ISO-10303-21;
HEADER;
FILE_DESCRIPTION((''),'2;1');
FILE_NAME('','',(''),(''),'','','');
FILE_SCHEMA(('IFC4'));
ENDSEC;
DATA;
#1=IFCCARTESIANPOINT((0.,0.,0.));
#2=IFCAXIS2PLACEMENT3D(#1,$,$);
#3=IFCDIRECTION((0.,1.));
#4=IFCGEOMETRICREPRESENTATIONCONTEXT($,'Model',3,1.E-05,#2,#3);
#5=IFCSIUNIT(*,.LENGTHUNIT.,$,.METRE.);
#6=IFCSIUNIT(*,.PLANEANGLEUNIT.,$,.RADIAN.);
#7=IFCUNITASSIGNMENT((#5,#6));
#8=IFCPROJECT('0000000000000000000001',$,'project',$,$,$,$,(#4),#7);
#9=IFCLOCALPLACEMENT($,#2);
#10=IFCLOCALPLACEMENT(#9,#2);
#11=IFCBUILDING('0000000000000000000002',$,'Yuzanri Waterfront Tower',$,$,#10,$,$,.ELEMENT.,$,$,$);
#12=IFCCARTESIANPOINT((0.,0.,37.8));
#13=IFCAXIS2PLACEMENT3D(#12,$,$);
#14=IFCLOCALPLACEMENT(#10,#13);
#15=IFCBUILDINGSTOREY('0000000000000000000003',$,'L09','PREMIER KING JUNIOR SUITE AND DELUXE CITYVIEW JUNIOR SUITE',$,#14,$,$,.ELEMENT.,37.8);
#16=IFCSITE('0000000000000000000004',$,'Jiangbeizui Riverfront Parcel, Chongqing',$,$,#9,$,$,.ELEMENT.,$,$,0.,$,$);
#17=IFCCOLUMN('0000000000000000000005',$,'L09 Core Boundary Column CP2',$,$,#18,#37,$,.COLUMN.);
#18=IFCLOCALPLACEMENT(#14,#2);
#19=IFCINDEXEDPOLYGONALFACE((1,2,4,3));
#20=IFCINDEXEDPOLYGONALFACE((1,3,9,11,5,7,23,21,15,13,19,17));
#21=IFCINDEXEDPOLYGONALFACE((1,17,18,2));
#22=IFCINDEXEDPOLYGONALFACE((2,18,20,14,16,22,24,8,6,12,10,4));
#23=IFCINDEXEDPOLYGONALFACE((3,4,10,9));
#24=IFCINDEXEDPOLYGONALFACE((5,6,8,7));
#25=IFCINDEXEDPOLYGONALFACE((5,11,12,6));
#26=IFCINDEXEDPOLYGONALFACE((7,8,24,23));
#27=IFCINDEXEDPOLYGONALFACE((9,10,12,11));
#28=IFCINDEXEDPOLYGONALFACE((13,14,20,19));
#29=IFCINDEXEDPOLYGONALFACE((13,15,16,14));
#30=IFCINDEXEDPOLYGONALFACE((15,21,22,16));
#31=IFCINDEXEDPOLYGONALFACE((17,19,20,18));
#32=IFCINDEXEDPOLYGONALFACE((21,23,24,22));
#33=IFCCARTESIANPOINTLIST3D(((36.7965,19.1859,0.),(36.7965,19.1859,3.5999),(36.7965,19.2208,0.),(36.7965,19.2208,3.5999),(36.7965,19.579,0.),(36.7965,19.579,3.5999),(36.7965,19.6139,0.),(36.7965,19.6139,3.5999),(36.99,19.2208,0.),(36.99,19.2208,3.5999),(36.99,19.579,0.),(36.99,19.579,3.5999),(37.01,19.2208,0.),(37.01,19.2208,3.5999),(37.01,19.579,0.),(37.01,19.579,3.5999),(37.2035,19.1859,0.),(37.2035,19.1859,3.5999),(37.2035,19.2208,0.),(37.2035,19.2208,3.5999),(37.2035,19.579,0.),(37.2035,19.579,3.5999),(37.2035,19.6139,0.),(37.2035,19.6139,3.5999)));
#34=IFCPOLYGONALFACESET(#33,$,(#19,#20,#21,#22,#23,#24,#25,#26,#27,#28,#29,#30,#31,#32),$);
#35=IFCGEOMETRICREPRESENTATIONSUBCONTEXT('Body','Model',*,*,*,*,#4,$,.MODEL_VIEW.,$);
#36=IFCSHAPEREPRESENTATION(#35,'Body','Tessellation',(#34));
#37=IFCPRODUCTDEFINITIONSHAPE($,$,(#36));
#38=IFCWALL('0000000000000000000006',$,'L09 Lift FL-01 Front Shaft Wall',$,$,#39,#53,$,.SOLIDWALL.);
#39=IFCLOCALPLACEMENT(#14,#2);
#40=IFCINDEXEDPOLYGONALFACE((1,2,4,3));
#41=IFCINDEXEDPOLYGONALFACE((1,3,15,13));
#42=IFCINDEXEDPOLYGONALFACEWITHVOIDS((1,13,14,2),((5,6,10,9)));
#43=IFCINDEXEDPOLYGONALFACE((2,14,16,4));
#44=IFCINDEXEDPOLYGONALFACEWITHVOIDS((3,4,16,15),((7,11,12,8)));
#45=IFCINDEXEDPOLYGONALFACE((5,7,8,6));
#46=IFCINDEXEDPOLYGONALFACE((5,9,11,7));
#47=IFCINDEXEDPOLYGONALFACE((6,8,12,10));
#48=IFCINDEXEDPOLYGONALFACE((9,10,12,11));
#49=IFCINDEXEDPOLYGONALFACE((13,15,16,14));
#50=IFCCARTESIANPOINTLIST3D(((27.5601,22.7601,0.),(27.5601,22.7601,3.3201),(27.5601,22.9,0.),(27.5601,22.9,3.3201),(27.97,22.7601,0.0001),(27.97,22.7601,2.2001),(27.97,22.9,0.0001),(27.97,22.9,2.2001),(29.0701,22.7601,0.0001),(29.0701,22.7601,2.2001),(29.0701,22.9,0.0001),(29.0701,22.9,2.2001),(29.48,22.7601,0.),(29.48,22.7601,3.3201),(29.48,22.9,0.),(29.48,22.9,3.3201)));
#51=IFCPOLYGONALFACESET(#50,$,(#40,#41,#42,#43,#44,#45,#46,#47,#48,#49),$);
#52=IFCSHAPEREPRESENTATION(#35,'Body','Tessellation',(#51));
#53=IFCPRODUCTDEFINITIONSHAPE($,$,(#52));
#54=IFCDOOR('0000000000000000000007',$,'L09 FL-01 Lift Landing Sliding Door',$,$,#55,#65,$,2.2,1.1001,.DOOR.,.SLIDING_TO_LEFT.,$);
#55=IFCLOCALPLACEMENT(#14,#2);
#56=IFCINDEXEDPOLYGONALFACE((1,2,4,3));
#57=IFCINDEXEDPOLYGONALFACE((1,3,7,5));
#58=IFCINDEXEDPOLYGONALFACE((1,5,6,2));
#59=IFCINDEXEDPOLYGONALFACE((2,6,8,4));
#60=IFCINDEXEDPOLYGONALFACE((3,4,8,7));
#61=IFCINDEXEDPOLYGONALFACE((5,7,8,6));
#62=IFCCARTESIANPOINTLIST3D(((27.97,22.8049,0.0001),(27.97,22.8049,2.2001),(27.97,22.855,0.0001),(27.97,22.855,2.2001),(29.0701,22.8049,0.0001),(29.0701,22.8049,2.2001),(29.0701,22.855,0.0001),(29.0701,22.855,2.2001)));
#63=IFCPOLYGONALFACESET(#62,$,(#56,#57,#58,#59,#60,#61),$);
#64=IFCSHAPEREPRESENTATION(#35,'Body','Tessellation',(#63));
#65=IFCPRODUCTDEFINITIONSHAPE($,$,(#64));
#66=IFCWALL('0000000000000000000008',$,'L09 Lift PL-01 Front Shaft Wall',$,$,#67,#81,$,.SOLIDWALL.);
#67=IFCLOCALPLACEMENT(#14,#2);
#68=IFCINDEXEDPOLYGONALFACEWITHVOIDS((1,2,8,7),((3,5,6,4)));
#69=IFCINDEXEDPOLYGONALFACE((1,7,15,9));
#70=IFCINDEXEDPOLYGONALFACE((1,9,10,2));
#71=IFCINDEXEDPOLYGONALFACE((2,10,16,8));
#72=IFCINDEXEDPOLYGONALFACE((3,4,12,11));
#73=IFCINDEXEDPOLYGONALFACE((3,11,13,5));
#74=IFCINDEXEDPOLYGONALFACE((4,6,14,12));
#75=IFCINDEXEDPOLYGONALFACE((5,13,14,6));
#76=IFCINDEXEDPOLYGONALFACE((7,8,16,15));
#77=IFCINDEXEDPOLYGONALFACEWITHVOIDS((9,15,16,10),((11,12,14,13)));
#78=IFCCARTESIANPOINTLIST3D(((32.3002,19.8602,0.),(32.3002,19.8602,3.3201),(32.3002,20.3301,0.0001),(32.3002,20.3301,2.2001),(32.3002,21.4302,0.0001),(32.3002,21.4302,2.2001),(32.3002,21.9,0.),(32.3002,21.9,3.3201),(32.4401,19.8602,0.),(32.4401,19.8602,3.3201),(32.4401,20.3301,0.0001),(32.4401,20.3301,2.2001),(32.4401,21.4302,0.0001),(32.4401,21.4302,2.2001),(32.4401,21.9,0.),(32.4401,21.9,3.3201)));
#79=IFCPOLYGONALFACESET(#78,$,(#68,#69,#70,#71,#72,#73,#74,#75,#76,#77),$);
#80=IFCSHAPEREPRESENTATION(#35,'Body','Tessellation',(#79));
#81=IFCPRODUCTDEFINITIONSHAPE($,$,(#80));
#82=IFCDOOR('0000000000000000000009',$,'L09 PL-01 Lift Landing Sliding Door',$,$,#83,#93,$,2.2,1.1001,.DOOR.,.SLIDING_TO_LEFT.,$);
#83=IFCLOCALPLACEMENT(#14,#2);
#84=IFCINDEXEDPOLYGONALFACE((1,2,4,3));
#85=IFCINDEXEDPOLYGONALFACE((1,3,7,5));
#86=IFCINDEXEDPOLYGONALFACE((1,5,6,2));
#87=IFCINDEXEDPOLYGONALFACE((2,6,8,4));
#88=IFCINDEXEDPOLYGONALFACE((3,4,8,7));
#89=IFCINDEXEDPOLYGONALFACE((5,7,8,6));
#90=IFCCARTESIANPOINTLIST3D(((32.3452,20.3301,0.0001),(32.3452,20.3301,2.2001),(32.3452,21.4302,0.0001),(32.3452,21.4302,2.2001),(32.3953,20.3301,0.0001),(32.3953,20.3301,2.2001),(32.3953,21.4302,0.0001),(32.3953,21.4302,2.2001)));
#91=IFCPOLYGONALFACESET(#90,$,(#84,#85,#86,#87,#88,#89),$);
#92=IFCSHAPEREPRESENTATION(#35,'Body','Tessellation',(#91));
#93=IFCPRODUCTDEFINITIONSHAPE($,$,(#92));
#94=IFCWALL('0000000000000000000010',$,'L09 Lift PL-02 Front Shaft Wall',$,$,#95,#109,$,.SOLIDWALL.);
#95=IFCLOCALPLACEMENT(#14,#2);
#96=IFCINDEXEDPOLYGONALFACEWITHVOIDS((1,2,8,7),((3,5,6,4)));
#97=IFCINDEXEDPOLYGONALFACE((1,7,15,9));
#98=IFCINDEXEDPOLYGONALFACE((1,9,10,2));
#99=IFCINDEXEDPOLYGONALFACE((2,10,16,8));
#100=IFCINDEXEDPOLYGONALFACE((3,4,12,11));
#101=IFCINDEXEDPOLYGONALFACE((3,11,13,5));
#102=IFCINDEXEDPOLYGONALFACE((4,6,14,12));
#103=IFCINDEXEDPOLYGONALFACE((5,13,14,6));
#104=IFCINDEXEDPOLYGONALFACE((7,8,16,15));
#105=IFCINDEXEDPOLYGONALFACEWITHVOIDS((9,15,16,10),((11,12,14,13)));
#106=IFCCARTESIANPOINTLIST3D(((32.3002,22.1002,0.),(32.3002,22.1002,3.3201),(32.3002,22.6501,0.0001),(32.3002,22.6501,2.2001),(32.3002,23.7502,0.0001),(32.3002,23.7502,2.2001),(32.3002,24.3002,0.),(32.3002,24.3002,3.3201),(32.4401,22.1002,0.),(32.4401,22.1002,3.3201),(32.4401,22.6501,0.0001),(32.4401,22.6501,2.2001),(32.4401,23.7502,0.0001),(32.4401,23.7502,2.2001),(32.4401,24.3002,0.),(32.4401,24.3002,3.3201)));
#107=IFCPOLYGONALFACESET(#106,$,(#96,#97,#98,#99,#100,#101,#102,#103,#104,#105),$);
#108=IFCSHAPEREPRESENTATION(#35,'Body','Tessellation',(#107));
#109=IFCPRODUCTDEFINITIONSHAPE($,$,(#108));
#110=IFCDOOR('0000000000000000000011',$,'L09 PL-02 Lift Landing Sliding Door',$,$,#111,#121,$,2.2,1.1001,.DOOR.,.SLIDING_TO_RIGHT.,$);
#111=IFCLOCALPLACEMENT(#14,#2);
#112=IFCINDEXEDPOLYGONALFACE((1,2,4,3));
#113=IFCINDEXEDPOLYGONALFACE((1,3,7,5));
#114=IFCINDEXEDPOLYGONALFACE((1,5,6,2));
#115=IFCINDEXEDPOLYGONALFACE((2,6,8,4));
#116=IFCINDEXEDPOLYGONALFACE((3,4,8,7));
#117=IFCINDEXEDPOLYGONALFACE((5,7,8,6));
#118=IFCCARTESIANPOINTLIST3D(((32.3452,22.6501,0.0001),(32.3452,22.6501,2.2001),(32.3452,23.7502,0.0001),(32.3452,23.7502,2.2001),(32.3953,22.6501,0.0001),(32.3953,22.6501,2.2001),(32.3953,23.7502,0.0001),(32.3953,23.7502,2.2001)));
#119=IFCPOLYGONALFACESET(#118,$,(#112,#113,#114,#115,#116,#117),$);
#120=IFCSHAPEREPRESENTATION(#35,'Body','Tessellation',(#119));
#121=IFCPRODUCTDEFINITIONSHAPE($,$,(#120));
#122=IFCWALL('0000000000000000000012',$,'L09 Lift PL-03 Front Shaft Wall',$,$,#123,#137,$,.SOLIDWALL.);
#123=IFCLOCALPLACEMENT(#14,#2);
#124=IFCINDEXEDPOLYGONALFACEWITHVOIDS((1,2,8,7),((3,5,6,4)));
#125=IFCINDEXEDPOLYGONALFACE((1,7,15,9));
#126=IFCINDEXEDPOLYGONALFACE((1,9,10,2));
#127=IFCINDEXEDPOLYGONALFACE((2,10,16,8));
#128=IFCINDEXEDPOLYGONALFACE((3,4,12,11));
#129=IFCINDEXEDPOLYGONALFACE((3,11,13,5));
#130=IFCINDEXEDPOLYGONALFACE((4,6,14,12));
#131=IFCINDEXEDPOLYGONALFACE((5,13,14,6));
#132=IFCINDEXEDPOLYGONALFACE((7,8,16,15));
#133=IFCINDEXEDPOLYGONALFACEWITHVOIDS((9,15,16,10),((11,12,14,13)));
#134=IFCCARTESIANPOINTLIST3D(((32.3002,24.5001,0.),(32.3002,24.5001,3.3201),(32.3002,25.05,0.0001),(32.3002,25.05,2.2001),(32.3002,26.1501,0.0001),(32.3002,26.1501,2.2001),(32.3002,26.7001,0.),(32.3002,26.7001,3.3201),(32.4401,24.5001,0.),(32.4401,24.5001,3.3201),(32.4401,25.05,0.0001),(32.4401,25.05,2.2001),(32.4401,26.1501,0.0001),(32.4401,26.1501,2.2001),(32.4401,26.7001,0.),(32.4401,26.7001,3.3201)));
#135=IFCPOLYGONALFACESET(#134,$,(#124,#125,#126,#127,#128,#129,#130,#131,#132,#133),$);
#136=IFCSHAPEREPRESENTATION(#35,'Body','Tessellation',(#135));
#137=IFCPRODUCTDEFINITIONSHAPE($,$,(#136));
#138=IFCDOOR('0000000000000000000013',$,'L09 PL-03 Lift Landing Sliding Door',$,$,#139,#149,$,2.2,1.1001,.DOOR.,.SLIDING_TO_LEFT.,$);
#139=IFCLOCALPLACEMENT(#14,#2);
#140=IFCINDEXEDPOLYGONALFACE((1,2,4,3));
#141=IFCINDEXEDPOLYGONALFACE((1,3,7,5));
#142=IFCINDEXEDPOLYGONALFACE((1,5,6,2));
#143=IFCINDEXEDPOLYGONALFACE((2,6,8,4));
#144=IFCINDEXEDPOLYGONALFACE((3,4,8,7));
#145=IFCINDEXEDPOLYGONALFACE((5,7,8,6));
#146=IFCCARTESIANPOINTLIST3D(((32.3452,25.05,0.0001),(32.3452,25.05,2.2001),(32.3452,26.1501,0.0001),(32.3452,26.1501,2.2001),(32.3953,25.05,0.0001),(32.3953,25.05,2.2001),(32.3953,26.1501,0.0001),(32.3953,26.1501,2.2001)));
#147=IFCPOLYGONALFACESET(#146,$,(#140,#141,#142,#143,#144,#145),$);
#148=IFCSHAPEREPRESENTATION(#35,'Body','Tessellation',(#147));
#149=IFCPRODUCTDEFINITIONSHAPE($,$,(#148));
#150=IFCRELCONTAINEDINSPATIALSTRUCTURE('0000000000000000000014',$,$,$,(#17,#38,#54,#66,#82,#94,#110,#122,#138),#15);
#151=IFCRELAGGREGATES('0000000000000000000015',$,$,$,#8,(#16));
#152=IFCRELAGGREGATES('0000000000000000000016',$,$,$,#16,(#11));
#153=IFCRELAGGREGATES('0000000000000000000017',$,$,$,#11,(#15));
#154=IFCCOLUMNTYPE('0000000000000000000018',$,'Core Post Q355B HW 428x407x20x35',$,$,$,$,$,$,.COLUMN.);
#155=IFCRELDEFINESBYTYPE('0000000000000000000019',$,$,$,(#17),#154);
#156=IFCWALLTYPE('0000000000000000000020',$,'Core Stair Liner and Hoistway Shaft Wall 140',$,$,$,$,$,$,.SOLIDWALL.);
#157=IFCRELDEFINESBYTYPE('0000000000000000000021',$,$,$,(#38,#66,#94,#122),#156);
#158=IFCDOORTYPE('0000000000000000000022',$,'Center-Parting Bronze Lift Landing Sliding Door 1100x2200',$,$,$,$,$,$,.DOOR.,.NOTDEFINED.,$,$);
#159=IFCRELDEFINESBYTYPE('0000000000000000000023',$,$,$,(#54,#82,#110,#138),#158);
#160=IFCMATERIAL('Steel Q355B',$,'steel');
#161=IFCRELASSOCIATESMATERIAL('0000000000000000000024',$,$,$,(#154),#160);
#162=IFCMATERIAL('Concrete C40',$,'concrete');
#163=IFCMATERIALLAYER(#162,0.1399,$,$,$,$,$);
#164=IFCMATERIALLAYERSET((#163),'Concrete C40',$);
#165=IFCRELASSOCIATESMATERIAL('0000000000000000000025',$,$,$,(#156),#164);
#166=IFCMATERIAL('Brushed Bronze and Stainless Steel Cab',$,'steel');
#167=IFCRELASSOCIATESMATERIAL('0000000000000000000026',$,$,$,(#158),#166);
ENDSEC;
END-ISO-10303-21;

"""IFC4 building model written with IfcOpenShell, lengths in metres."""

from ifc_helpers import new_model, si_unit, direction, frame, frame_2d, origin, origin_2d, place, context, subcontext, project, spatial, rectangle, i_section, extrude, source, transform, mapped, material, layer, layer_set, material_profile, profile_set, type_object, element, fill, save


model = new_model("IFC4")

# Units and contexts
model_context = context("Model", 3, precision=1e-05, world=origin(), true_north=direction((0.0, 1.0)))
body_context = subcontext(model_context, "Body", "Model", "MODEL_VIEW")
ifc_project = project(units=[si_unit("LENGTHUNIT", "METRE"), si_unit("PLANEANGLEUNIT", "RADIAN")], contexts=[model_context])

# Site, building, storey
site_placement = place(None, origin())
site = spatial("IfcSite", under=ifc_project, at=site_placement, Name="Jiangbeizui Riverfront Parcel, Chongqing", CompositionType="ELEMENT", RefElevation=0.0)
building_placement = place(site_placement, origin())
building = spatial("IfcBuilding", under=site, at=building_placement, Name="Yuzanri Waterfront Tower", CompositionType="ELEMENT")
storey_placement = place(building_placement, frame((0.0, 0.0, 37.8)))
storey = spatial("IfcBuildingStorey", under=building, at=storey_placement, Name="L09", Description="PREMIER KING JUNIOR SUITE AND DELUXE CITYVIEW JUNIOR SUITE", CompositionType="ELEMENT", Elevation=37.8)

# Column
ifc_material_1 = material(Name="Steel Q355B", Category="steel")
ifc_material_profile = material_profile(ifc_material_1, i_section(OverallWidth=0.407, OverallDepth=0.428, WebThickness=0.02, FlangeThickness=0.0349, at=origin_2d()), Name="HW 428x407x20x35")
ifc_profile_set = profile_set([ifc_material_profile], Name="Steel Q355B")
column_type = type_object("IfcColumnType", Name="Core Post Q355B HW 428x407x20x35", PredefinedType="COLUMN", material=ifc_profile_set)
shared_shape_1 = source(origin(), body_context, "Body", "SweptSolid", [
    extrude(i_section(OverallWidth=0.407, OverallDepth=0.428, WebThickness=0.02, FlangeThickness=0.0349, at=origin_2d()), origin(), (0.0, 0.0, 1.0), 3.5999),
])
column_placement = place(storey_placement, frame((37.0, 19.3999, 0.0), z_axis=(0.0, 0.0, 1.0), x_axis=(1.0, 0.0, 0.0)))
element("IfcColumn", 1, at=column_placement, inside=storey, type_object=column_type, Name="L09 Core Boundary Column CP2", PredefinedType="COLUMN", context=body_context, shape_type="MappedRepresentation", body=[
    mapped(shared_shape_1, transform((0.0, 0.0, 0.0), scale=1.0)),
])

# Walls, openings, doors
ifc_material_2 = material(Name="Concrete C40", Category="concrete")
ifc_layer_1 = layer(ifc_material_2, 0.1399)
ifc_layer_set_1 = layer_set([ifc_layer_1], Name="Concrete C40")
wall_type_1 = type_object("IfcWallType", Name="Core Stair Liner and Hoistway Shaft Wall 140", PredefinedType="SOLIDWALL", material=ifc_layer_set_1)
wall_1_placement = place(storey_placement, frame((27.5601, 22.8301, 0.0), z_axis=(0.0, 0.0, 1.0), x_axis=(1.0, 0.0, 0.0)))
wall_1 = element("IfcWall", 2, at=wall_1_placement, inside=storey, type_object=wall_type_1, Name="L09 Lift FL-01 Front Shaft Wall", PredefinedType="SOLIDWALL", context=body_context, shape_type="SweptSolid", body=[
    extrude(rectangle(XDim=1.9199, YDim=0.1399, at=frame_2d((0.96, 0.0))), origin(), (0.0, 0.0, 1.0), 3.3201),
])
opening_1_placement = place(wall_1_placement, frame((0.4099, 0.0, 0.0)))
opening_1 = element("IfcOpeningElement", 3, at=opening_1_placement, cuts=wall_1, PredefinedType="OPENING", context=body_context, shape_type="SweptSolid", body=[
    extrude(rectangle(XDim=1.1001, YDim=2.2, at=frame_2d((0.55, 1.1001))), frame((0.0, 0.085, 0.0), z_axis=(0.0, -1.0, 0.0), x_axis=(1.0, 0.0, 0.0)), (0.0, 0.0, 1.0), 0.1697),
])
ifc_material_3 = material(Name="Brushed Bronze and Stainless Steel Cab", Category="steel")
door_type_1 = type_object("IfcDoorType", Name="Center-Parting Bronze Lift Landing Sliding Door 1100x2200", OperationType="NOTDEFINED", PredefinedType="DOOR", material=ifc_material_3)
shared_shape_2 = source(origin(), body_context, "Body", "SweptSolid", [
    extrude(rectangle(XDim=1.1001, YDim=2.2, at=frame_2d((0.55, 1.1001))), frame((0.0, 0.0249, 0.0), z_axis=(0.0, -1.0, 0.0), x_axis=(1.0, 0.0, 0.0)), (0.0, 0.0, 1.0), 0.05),
])
door_1_placement = place(opening_1_placement, origin())
door_1 = element("IfcDoor", 4, at=door_1_placement, inside=storey, type_object=door_type_1, Name="L09 FL-01 Lift Landing Sliding Door", OperationType="SLIDING_TO_LEFT", OverallHeight=2.2, OverallWidth=1.1001, PredefinedType="DOOR", context=body_context, shape_type="MappedRepresentation", body=[
    mapped(shared_shape_2, transform((0.0, 0.0, 0.0), scale=1.0)),
])
fill(opening_1, door_1)
wall_2_placement = place(storey_placement, frame((32.3701, 19.8601, 0.0), z_axis=(0.0, 0.0, 1.0), x_axis=(0.0, 1.0, 0.0)))
wall_2 = element("IfcWall", 5, at=wall_2_placement, inside=storey, type_object=wall_type_1, Name="L09 Lift PL-01 Front Shaft Wall", PredefinedType="SOLIDWALL", context=body_context, shape_type="SweptSolid", body=[
    extrude(rectangle(XDim=2.0398, YDim=0.1399, at=frame_2d((1.02, 0.0))), origin(), (0.0, 0.0, 1.0), 3.3201),
])
opening_2_placement = place(wall_2_placement, frame((0.47, 0.0, 0.0)))
opening_2 = element("IfcOpeningElement", 6, at=opening_2_placement, cuts=wall_2, PredefinedType="OPENING", context=body_context, shape_type="SweptSolid", body=[
    extrude(rectangle(XDim=1.1001, YDim=2.2, at=frame_2d((0.55, 1.1001))), frame((0.0, 0.085, 0.0), z_axis=(0.0, -1.0, 0.0), x_axis=(1.0, 0.0, 0.0)), (0.0, 0.0, 1.0), 0.1697),
])
door_2_placement = place(opening_2_placement, origin())
door_2 = element("IfcDoor", 7, at=door_2_placement, inside=storey, type_object=door_type_1, Name="L09 PL-01 Lift Landing Sliding Door", OperationType="SLIDING_TO_LEFT", OverallHeight=2.2, OverallWidth=1.1001, PredefinedType="DOOR", context=body_context, shape_type="MappedRepresentation", body=[
    mapped(shared_shape_2, transform((0.0, 0.0, 0.0), scale=1.0)),
])
fill(opening_2, door_2)
wall_3_placement = place(storey_placement, frame((32.3701, 22.1001, 0.0), z_axis=(0.0, 0.0, 1.0), x_axis=(0.0, 1.0, 0.0)))
wall_3 = element("IfcWall", 8, at=wall_3_placement, inside=storey, type_object=wall_type_1, Name="L09 Lift PL-02 Front Shaft Wall", PredefinedType="SOLIDWALL", context=body_context, shape_type="SweptSolid", body=[
    extrude(rectangle(XDim=2.2, YDim=0.1399, at=frame_2d((1.1001, 0.0))), origin(), (0.0, 0.0, 1.0), 3.3201),
])
opening_3_placement = place(wall_3_placement, frame((0.55, 0.0, 0.0)))
opening_3 = element("IfcOpeningElement", 9, at=opening_3_placement, cuts=wall_3, PredefinedType="OPENING", context=body_context, shape_type="SweptSolid", body=[
    extrude(rectangle(XDim=1.1001, YDim=2.2, at=frame_2d((0.55, 1.1001))), frame((0.0, 0.085, 0.0), z_axis=(0.0, -1.0, 0.0), x_axis=(1.0, 0.0, 0.0)), (0.0, 0.0, 1.0), 0.1697),
])
door_3_placement = place(opening_3_placement, origin())
door_3 = element("IfcDoor", 10, at=door_3_placement, inside=storey, type_object=door_type_1, Name="L09 PL-02 Lift Landing Sliding Door", OperationType="SLIDING_TO_RIGHT", OverallHeight=2.2, OverallWidth=1.1001, PredefinedType="DOOR", context=body_context, shape_type="MappedRepresentation", body=[
    mapped(shared_shape_2, transform((0.0, 0.0, 0.0), scale=1.0)),
])
fill(opening_3, door_3)
wall_4_placement = place(storey_placement, frame((32.3701, 24.5, 0.0), z_axis=(0.0, 0.0, 1.0), x_axis=(0.0, 1.0, 0.0)))
wall_4 = element("IfcWall", 11, at=wall_4_placement, inside=storey, type_object=wall_type_1, Name="L09 Lift PL-03 Front Shaft Wall", PredefinedType="SOLIDWALL", context=body_context, shape_type="SweptSolid", body=[
    extrude(rectangle(XDim=2.2, YDim=0.1399, at=frame_2d((1.1001, 0.0))), origin(), (0.0, 0.0, 1.0), 3.3201),
])
opening_4_placement = place(wall_4_placement, frame((0.55, 0.0, 0.0)))
opening_4 = element("IfcOpeningElement", 12, at=opening_4_placement, cuts=wall_4, PredefinedType="OPENING", context=body_context, shape_type="SweptSolid", body=[
    extrude(rectangle(XDim=1.1001, YDim=2.2, at=frame_2d((0.55, 1.1001))), frame((0.0, 0.085, 0.0), z_axis=(0.0, -1.0, 0.0), x_axis=(1.0, 0.0, 0.0)), (0.0, 0.0, 1.0), 0.1697),
])
door_4_placement = place(opening_4_placement, origin())
door_4 = element("IfcDoor", 13, at=door_4_placement, inside=storey, type_object=door_type_1, Name="L09 PL-03 Lift Landing Sliding Door", OperationType="SLIDING_TO_LEFT", OverallHeight=2.2, OverallWidth=1.1001, PredefinedType="DOOR", context=body_context, shape_type="MappedRepresentation", body=[
    mapped(shared_shape_2, transform((0.0, 0.0, 0.0), scale=1.0)),
])
fill(opening_4, door_4)

save(model, "model.ifc")
